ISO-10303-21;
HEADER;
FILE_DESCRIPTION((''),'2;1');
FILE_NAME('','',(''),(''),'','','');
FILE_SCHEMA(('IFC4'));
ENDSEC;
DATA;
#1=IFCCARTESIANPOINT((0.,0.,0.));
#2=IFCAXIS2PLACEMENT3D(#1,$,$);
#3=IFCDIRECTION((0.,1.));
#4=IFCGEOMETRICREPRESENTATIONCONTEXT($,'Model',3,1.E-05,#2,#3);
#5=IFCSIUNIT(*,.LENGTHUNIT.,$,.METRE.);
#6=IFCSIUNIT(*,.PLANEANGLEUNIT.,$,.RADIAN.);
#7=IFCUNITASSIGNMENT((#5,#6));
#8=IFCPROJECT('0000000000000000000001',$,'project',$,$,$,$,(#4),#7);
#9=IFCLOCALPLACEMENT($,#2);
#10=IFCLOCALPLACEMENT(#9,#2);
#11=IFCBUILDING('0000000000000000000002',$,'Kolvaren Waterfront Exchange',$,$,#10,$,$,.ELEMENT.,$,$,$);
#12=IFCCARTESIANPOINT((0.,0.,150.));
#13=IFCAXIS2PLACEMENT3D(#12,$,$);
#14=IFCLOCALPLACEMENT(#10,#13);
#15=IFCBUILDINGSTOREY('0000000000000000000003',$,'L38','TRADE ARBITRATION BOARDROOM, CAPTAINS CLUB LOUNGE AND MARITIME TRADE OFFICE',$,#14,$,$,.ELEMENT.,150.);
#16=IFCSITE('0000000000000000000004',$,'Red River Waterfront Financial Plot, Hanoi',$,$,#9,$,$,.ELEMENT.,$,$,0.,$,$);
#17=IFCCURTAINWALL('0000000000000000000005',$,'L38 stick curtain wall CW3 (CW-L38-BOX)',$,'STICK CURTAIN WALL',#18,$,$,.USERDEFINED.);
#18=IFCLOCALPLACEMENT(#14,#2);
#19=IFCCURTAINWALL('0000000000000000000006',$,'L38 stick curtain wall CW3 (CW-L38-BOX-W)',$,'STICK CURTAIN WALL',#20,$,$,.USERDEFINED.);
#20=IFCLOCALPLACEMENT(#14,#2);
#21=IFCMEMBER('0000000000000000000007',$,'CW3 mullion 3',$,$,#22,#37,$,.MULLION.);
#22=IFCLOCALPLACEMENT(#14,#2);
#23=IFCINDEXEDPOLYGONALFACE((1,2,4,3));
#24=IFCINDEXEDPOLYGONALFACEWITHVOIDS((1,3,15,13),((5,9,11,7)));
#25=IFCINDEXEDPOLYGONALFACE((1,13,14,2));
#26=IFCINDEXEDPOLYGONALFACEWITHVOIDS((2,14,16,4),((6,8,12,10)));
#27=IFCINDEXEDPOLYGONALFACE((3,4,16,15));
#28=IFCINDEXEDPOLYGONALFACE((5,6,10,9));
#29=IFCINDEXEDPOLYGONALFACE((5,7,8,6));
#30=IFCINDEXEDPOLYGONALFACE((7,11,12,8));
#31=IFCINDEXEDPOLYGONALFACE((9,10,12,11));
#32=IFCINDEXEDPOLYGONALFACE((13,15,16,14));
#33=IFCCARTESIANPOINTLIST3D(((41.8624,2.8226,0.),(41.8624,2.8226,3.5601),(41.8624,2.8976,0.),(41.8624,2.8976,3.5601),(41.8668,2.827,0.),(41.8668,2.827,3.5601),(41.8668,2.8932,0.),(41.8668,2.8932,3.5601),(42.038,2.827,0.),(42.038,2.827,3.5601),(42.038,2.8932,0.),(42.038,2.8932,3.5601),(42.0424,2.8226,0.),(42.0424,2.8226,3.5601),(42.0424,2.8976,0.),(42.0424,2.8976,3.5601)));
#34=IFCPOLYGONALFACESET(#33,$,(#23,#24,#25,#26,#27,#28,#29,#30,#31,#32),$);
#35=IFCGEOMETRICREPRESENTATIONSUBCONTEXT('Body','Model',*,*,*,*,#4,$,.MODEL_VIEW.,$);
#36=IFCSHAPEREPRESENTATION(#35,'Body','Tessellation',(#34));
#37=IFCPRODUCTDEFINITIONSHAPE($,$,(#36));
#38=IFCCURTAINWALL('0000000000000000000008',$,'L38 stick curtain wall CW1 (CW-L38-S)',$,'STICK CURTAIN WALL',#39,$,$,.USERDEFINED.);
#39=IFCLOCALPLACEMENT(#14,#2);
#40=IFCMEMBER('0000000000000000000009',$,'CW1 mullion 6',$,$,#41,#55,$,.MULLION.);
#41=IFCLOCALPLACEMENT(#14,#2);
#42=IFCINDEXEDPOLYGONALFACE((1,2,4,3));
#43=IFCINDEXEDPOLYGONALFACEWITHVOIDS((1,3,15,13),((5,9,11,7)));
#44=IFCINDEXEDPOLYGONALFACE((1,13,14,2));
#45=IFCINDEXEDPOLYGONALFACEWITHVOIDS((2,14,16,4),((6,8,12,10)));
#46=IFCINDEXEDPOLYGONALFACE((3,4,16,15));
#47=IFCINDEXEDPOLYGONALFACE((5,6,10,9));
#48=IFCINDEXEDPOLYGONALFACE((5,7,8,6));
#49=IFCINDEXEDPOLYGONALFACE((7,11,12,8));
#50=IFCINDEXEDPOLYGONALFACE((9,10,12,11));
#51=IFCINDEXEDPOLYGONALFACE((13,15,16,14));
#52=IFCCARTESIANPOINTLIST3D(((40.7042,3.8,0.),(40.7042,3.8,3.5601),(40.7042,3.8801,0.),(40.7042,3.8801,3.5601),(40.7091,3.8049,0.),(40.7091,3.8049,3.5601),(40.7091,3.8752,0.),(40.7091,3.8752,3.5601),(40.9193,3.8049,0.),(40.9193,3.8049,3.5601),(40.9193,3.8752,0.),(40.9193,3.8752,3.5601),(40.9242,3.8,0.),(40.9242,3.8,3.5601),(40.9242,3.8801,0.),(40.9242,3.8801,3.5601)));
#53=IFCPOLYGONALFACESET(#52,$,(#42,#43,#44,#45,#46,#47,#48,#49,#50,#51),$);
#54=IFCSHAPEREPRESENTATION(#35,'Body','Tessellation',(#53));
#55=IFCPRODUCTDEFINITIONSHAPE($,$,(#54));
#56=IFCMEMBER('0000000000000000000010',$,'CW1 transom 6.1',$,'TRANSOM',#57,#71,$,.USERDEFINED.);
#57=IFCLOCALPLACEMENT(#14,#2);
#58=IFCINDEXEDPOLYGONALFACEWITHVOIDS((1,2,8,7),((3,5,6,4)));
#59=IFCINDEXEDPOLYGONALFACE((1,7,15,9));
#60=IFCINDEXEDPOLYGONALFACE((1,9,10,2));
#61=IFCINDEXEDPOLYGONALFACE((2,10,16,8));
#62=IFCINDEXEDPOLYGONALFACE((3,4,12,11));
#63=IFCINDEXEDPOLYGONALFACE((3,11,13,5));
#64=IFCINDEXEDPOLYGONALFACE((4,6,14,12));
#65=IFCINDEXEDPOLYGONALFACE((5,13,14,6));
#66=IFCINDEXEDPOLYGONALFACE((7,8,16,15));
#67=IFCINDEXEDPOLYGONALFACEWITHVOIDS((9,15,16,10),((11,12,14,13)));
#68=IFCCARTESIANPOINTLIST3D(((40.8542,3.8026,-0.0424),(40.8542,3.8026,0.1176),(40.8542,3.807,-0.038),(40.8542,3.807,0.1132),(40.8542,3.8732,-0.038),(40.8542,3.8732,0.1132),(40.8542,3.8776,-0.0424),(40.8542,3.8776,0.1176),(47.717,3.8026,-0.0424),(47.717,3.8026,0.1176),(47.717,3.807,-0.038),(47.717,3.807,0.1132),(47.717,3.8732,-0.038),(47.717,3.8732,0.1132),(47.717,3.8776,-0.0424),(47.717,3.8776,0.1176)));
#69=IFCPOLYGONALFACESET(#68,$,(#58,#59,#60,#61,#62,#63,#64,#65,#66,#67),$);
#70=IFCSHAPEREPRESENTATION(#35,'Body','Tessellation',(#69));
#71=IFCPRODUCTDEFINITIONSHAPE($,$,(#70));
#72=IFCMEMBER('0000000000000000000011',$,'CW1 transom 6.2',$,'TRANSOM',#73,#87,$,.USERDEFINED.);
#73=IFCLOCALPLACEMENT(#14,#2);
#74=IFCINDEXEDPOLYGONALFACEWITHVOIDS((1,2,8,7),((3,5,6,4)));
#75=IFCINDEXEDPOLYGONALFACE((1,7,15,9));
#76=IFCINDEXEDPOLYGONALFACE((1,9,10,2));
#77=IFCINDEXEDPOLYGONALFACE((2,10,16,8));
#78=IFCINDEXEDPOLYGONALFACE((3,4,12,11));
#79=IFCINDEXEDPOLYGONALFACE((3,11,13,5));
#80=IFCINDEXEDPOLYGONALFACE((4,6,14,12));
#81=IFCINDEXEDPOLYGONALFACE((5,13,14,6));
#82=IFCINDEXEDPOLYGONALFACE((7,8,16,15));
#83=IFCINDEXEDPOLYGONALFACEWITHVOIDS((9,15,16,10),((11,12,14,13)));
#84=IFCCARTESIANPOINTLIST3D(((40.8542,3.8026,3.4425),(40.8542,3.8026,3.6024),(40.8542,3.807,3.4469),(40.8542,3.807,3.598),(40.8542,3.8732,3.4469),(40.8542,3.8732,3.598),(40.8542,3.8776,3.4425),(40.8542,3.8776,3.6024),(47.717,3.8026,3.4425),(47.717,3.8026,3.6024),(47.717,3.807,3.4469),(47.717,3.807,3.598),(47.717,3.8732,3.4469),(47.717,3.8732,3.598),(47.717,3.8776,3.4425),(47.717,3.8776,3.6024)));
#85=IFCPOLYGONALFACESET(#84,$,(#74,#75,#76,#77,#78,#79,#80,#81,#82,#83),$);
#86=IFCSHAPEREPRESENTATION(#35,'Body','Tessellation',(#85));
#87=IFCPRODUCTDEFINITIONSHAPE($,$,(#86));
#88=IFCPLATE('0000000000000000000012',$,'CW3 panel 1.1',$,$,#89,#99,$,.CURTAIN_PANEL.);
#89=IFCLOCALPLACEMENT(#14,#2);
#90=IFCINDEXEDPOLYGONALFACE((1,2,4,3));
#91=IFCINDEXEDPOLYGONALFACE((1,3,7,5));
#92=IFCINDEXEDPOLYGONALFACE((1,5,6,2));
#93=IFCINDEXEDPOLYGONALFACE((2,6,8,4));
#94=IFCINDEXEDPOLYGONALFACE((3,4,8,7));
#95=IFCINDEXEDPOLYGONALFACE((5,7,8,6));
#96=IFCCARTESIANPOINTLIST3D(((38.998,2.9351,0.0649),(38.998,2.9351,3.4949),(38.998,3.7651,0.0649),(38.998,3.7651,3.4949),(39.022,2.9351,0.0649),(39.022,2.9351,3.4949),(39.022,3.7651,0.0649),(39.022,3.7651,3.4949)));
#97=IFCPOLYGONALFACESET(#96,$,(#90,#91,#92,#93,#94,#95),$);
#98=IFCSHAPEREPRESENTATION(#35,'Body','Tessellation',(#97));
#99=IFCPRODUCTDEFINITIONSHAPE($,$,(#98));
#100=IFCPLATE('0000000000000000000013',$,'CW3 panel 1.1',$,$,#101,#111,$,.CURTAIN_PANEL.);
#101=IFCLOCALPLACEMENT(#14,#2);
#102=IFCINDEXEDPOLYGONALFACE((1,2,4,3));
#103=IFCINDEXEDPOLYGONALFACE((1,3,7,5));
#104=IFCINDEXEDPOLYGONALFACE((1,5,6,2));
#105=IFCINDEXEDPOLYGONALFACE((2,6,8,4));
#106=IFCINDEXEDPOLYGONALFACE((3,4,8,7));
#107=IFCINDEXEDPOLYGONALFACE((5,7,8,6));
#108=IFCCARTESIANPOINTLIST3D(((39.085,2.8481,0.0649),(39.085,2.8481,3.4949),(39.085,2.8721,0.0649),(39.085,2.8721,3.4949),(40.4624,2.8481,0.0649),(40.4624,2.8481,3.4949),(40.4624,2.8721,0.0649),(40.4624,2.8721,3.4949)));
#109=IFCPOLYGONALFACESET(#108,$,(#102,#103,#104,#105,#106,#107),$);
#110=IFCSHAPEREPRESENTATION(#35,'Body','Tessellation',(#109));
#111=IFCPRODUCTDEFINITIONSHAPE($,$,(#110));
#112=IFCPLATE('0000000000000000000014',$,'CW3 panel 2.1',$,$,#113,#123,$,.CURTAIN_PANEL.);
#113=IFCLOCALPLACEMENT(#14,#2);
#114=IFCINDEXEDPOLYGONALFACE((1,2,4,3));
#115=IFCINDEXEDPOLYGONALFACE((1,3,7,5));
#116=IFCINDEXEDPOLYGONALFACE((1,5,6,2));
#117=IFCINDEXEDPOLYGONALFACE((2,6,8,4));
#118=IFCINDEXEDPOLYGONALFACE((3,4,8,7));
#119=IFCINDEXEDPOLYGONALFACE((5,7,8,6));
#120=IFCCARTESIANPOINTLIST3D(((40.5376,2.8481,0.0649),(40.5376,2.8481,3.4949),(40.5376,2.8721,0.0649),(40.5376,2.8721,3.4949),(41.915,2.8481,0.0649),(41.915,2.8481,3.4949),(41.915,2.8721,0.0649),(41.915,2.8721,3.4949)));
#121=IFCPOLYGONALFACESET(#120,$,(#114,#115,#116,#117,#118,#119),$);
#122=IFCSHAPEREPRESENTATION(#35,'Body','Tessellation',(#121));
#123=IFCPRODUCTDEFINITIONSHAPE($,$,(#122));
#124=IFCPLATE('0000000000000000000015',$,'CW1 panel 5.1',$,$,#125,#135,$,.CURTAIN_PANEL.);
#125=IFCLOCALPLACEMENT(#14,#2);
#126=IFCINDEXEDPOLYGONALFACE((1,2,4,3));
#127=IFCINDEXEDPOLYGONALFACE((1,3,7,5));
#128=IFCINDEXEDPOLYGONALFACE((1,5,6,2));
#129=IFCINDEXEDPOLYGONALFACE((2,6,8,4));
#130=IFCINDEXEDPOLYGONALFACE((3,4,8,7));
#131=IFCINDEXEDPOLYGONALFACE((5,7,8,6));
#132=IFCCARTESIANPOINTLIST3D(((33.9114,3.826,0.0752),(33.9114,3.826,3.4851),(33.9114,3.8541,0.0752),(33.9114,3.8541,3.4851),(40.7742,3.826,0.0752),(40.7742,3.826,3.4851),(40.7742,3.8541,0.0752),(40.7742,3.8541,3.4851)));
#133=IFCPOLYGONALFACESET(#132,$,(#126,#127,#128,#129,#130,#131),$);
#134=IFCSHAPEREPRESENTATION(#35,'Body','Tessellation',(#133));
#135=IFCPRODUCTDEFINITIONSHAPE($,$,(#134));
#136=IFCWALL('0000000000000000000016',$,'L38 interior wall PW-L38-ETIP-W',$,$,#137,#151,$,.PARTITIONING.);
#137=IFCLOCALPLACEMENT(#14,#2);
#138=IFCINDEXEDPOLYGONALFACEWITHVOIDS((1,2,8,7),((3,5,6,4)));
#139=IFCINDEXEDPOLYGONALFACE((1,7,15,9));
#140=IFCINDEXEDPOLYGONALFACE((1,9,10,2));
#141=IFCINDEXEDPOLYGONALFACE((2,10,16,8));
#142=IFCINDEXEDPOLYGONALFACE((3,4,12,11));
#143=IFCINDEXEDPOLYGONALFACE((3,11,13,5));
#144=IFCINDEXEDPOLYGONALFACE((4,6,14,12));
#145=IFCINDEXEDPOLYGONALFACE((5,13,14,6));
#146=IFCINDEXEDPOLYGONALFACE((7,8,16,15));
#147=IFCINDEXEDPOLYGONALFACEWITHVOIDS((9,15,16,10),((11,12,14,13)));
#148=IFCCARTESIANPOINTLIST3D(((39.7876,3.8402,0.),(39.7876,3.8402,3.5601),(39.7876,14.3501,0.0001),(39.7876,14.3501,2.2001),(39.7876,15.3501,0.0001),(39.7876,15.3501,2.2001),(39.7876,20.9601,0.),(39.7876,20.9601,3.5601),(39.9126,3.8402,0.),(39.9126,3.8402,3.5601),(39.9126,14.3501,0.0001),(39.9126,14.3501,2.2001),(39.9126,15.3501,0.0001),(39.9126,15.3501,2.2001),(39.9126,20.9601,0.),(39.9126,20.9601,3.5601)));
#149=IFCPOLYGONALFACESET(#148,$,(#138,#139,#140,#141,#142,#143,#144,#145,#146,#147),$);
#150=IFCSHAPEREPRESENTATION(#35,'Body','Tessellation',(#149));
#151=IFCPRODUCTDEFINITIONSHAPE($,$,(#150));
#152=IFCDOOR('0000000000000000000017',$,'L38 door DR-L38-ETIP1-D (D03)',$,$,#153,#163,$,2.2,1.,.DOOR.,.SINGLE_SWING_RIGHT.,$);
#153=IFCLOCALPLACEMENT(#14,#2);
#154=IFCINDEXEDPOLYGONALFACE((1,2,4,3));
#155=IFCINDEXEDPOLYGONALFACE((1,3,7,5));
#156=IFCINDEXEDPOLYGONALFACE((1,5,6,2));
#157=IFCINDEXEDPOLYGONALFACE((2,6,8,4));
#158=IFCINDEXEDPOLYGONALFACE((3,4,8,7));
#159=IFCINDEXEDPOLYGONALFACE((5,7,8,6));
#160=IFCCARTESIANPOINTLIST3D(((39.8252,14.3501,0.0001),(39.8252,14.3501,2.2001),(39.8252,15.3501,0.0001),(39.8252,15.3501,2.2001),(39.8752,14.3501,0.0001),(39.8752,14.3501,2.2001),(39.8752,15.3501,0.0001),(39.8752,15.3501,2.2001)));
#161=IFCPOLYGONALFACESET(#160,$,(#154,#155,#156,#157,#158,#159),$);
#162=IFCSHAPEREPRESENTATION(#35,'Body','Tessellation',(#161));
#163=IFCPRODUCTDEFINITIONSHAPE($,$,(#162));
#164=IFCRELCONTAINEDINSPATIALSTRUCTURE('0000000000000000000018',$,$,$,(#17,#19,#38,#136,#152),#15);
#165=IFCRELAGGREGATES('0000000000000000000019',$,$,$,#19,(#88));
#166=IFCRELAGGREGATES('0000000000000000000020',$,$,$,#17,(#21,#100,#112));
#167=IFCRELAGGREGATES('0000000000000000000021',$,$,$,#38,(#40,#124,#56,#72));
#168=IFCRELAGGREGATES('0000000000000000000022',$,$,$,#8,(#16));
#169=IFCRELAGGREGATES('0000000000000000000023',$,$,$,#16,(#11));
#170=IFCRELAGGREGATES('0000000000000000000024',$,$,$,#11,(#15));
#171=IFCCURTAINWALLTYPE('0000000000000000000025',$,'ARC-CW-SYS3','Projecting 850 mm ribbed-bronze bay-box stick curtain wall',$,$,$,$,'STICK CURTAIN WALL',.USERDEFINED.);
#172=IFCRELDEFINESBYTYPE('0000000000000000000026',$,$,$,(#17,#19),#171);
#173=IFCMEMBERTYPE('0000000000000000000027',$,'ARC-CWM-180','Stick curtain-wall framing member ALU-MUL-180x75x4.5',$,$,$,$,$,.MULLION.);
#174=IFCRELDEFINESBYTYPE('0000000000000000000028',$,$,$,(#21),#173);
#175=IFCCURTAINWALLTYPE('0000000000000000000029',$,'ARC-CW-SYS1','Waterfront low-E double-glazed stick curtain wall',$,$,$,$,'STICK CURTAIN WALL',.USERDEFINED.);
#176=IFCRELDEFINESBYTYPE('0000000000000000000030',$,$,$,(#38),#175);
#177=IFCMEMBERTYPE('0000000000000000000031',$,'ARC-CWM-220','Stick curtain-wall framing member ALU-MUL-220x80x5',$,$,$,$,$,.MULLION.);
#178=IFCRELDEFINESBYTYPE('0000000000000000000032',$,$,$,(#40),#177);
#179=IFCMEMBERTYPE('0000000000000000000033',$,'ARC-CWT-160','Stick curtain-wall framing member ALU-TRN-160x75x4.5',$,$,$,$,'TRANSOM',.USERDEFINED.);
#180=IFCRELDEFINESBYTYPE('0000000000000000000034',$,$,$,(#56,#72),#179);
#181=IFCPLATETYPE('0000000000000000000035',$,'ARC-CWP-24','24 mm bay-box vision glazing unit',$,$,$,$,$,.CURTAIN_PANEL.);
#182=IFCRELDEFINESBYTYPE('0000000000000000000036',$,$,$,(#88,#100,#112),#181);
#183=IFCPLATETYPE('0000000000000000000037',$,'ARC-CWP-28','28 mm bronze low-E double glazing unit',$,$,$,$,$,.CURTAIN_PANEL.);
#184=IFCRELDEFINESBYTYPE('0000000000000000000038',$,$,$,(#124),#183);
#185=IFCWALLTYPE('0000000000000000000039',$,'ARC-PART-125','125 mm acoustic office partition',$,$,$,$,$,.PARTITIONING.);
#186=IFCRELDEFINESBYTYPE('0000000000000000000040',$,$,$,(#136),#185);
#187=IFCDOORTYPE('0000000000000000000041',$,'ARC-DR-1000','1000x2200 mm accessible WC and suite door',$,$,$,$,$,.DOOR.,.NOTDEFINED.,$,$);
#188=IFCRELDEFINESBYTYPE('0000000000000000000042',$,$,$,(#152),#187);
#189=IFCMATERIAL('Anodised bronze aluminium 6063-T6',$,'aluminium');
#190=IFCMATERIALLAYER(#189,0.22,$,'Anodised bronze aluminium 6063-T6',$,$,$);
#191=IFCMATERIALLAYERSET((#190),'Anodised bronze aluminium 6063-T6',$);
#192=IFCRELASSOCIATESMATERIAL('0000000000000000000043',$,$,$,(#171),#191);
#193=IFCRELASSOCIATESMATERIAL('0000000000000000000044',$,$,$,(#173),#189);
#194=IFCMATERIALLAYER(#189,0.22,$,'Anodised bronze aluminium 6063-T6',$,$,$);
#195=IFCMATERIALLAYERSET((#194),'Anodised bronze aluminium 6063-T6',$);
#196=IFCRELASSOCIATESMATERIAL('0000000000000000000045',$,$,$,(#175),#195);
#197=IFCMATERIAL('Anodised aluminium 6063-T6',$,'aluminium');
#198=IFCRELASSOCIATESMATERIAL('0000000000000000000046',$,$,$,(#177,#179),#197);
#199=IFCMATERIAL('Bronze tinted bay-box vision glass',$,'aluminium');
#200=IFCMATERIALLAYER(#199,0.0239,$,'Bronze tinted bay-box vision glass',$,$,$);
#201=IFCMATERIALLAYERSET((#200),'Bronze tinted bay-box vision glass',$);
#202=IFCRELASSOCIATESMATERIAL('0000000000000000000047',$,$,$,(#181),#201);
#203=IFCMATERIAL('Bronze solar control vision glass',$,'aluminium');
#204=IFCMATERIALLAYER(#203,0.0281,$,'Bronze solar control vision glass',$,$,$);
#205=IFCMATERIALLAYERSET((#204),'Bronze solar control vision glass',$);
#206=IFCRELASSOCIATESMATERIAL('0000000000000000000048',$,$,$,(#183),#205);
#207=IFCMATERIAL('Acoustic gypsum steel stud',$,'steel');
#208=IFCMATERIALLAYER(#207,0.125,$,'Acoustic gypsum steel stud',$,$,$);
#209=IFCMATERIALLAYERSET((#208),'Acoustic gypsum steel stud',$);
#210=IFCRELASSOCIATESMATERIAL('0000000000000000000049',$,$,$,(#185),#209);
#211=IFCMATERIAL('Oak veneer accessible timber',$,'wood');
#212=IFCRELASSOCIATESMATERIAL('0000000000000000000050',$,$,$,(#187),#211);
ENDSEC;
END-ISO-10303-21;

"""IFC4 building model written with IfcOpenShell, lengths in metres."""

from ifc_helpers import new_model, si_unit, direction, frame, frame_2d, origin, origin_with_axes, origin_2d, place, context, subcontext, project, spatial, rectangle, hollow_rectangle, extrude, source, transform, mapped, material, layer, layer_set, material_profile, profile_set, type_object, element, fill, aggregate, save


model = new_model("IFC4")

# Units and contexts
model_context = context("Model", 3, precision=1e-05, world=origin(), true_north=direction((0.0, 1.0)))
body_context = subcontext(model_context, "Body", "Model", "MODEL_VIEW")
ifc_project = project(units=[si_unit("LENGTHUNIT", "METRE"), si_unit("PLANEANGLEUNIT", "RADIAN")], contexts=[model_context])

# Site, building, storey
site_placement = place(None, origin())
site = spatial("IfcSite", under=ifc_project, at=site_placement, Name="Red River Waterfront Financial Plot, Hanoi", CompositionType="ELEMENT", RefElevation=0.0)
building_placement = place(site_placement, origin())
building = spatial("IfcBuilding", under=site, at=building_placement, Name="Kolvaren Waterfront Exchange", CompositionType="ELEMENT")
storey_placement = place(building_placement, frame((0.0, 0.0, 150.0)))
storey = spatial("IfcBuildingStorey", under=building, at=storey_placement, Name="L38", Description="TRADE ARBITRATION BOARDROOM, CAPTAINS CLUB LOUNGE AND MARITIME TRADE OFFICE", CompositionType="ELEMENT", Elevation=150.0)

# Curtain walls
ifc_material_1 = material(Name="Anodised bronze aluminium 6063-T6", Category="aluminium")
ifc_layer_1 = layer(ifc_material_1, 0.22, Name="Anodised bronze aluminium 6063-T6")
ifc_layer_set_1 = layer_set([ifc_layer_1], Name="Anodised bronze aluminium 6063-T6")
curtain_wall_type_1 = type_object("IfcCurtainWallType", Name="ARC-CW-SYS3", Description="Projecting 850 mm ribbed-bronze bay-box stick curtain wall", ElementType="STICK CURTAIN WALL", PredefinedType="USERDEFINED", material=ifc_layer_set_1)
curtain_wall_1_placement = place(storey_placement, origin())
curtain_wall_1 = element("IfcCurtainWall", 1, at=curtain_wall_1_placement, inside=storey, type_object=curtain_wall_type_1, Name="L38 stick curtain wall CW3 (CW-L38-BOX)", ObjectType="STICK CURTAIN WALL", PredefinedType="USERDEFINED")
curtain_wall_2_placement = place(storey_placement, origin())
curtain_wall_2 = element("IfcCurtainWall", 2, at=curtain_wall_2_placement, inside=storey, type_object=curtain_wall_type_1, Name="L38 stick curtain wall CW3 (CW-L38-BOX-W)", ObjectType="STICK CURTAIN WALL", PredefinedType="USERDEFINED")
ifc_material_profile_1 = material_profile(ifc_material_1, hollow_rectangle(XDim=0.075, YDim=0.1799, WallThickness=0.0044, at=origin_2d()), Name="ALU-MUL-180x75x4.5")
ifc_profile_set_1 = profile_set([ifc_material_profile_1], Name="Anodised bronze aluminium 6063-T6")
member_type_1 = type_object("IfcMemberType", Name="ARC-CWM-180", Description="Stick curtain-wall framing member ALU-MUL-180x75x4.5", PredefinedType="MULLION", material=ifc_profile_set_1)
shared_shape_1 = source(origin_with_axes(), body_context, "Body", "SweptSolid", [
    extrude(hollow_rectangle(XDim=0.075, YDim=0.1799, WallThickness=0.0044, at=origin_2d()), origin(), (0.0, 0.0, 1.0), 3.5601),
])

# Member
member_1_placement = place(storey_placement, frame((41.9524, 2.8601, 0.0), z_axis=(0.0, 0.0, 1.0), x_axis=(0.0, 1.0, 0.0)))
member_1 = element("IfcMember", 3, at=member_1_placement, type_object=member_type_1, Name="CW3 mullion 3", PredefinedType="MULLION", context=body_context, shape_type="MappedRepresentation", body=[
    mapped(shared_shape_1, transform((0.0, 0.0, 0.0), x_axis=(1.0, 0.0, 0.0), y_axis=(0.0, 1.0, 0.0), z_axis=(0.0, 0.0, 1.0), scale=1.0)),
])

# Curtain wall, members
ifc_layer_2 = layer(ifc_material_1, 0.22, Name="Anodised bronze aluminium 6063-T6")
ifc_layer_set_2 = layer_set([ifc_layer_2], Name="Anodised bronze aluminium 6063-T6")
curtain_wall_type_2 = type_object("IfcCurtainWallType", Name="ARC-CW-SYS1", Description="Waterfront low-E double-glazed stick curtain wall", ElementType="STICK CURTAIN WALL", PredefinedType="USERDEFINED", material=ifc_layer_set_2)
curtain_wall_3_placement = place(storey_placement, origin())
curtain_wall_3 = element("IfcCurtainWall", 4, at=curtain_wall_3_placement, inside=storey, type_object=curtain_wall_type_2, Name="L38 stick curtain wall CW1 (CW-L38-S)", ObjectType="STICK CURTAIN WALL", PredefinedType="USERDEFINED")
ifc_material_2 = material(Name="Anodised aluminium 6063-T6", Category="aluminium")
ifc_material_profile_2 = material_profile(ifc_material_2, hollow_rectangle(XDim=0.0801, YDim=0.22, WallThickness=0.0049, at=origin_2d()), Name="ALU-MUL-220x80x5")
ifc_profile_set_2 = profile_set([ifc_material_profile_2], Name="Anodised aluminium 6063-T6")
member_type_2 = type_object("IfcMemberType", Name="ARC-CWM-220", Description="Stick curtain-wall framing member ALU-MUL-220x80x5", PredefinedType="MULLION", material=ifc_profile_set_2)
shared_shape_2 = source(origin_with_axes(), body_context, "Body", "SweptSolid", [
    extrude(hollow_rectangle(XDim=0.0801, YDim=0.22, WallThickness=0.0049, at=origin_2d()), origin(), (0.0, 0.0, 1.0), 3.5601),
])
member_2_placement = place(storey_placement, frame((40.8142, 3.8401, 0.0), z_axis=(0.0, 0.0, 1.0), x_axis=(0.0, 1.0, 0.0)))
member_2 = element("IfcMember", 5, at=member_2_placement, type_object=member_type_2, Name="CW1 mullion 6", PredefinedType="MULLION", context=body_context, shape_type="MappedRepresentation", body=[
    mapped(shared_shape_2, transform((0.0, 0.0, 0.0), x_axis=(1.0, 0.0, 0.0), y_axis=(0.0, 1.0, 0.0), z_axis=(0.0, 0.0, 1.0), scale=1.0)),
])
ifc_material_profile_3 = material_profile(ifc_material_2, hollow_rectangle(XDim=0.075, YDim=0.1599, WallThickness=0.0044, at=origin_2d()), Name="ALU-TRN-160x75x4.5")
ifc_profile_set_3 = profile_set([ifc_material_profile_3], Name="Anodised aluminium 6063-T6")
member_type_3 = type_object("IfcMemberType", Name="ARC-CWT-160", Description="Stick curtain-wall framing member ALU-TRN-160x75x4.5", ElementType="TRANSOM", PredefinedType="USERDEFINED", material=ifc_profile_set_3)
shared_shape_3 = source(origin_with_axes(), body_context, "Body", "SweptSolid", [
    extrude(hollow_rectangle(XDim=0.075, YDim=0.1599, WallThickness=0.0044, at=origin_2d()), origin(), (0.0, 0.0, 1.0), 6.8628),
])
member_3_placement = place(storey_placement, frame((40.8542, 3.8401, 0.0376), z_axis=(1.0, 0.0, 0.0), x_axis=(0.0, 1.0, 0.0)))
member_3 = element("IfcMember", 6, at=member_3_placement, type_object=member_type_3, Name="CW1 transom 6.1", ObjectType="TRANSOM", PredefinedType="USERDEFINED", context=body_context, shape_type="MappedRepresentation", body=[
    mapped(shared_shape_3, transform((0.0, 0.0, 0.0), x_axis=(1.0, 0.0, 0.0), y_axis=(0.0, 1.0, 0.0), z_axis=(0.0, 0.0, 1.0), scale=1.0)),
])
member_4_placement = place(storey_placement, frame((40.8542, 3.8401, 3.5225), z_axis=(1.0, 0.0, 0.0), x_axis=(0.0, 1.0, 0.0)))
member_4 = element("IfcMember", 7, at=member_4_placement, type_object=member_type_3, Name="CW1 transom 6.2", ObjectType="TRANSOM", PredefinedType="USERDEFINED", context=body_context, shape_type="MappedRepresentation", body=[
    mapped(shared_shape_3, transform((0.0, 0.0, 0.0), x_axis=(1.0, 0.0, 0.0), y_axis=(0.0, 1.0, 0.0), z_axis=(0.0, 0.0, 1.0), scale=1.0)),
])

# Plates
ifc_material_3 = material(Name="Bronze tinted bay-box vision glass", Category="aluminium")
ifc_layer_3 = layer(ifc_material_3, 0.0239, Name="Bronze tinted bay-box vision glass")
ifc_layer_set_3 = layer_set([ifc_layer_3], Name="Bronze tinted bay-box vision glass")
plate_type_1 = type_object("IfcPlateType", Name="ARC-CWP-24", Description="24 mm bay-box vision glazing unit", PredefinedType="CURTAIN_PANEL", material=ifc_layer_set_3)
shared_shape_4 = source(origin_with_axes(), body_context, "Body", "SweptSolid", [
    extrude(rectangle(XDim=0.8301, YDim=0.0239, at=origin_2d()), origin(), (0.0, 0.0, 1.0), 3.4299),
])
plate_1_placement = place(storey_placement, frame((39.01, 3.3501, 0.0649), z_axis=(0.0, 0.0, 1.0), x_axis=(0.0, -1.0, 0.0)))
plate_1 = element("IfcPlate", 8, at=plate_1_placement, type_object=plate_type_1, Name="CW3 panel 1.1", PredefinedType="CURTAIN_PANEL", context=body_context, shape_type="MappedRepresentation", body=[
    mapped(shared_shape_4, transform((0.0, 0.0, 0.0), x_axis=(1.0, 0.0, 0.0), y_axis=(0.0, 1.0, 0.0), z_axis=(0.0, 0.0, 1.0), scale=1.0)),
])
aggregate(curtain_wall_2, [plate_1])
shared_shape_5 = source(origin_with_axes(), body_context, "Body", "SweptSolid", [
    extrude(rectangle(XDim=1.3774, YDim=0.0239, at=origin_2d()), origin(), (0.0, 0.0, 1.0), 3.4299),
])
plate_2_placement = place(storey_placement, frame((39.7737, 2.8601, 0.0649), z_axis=(0.0, 0.0, 1.0), x_axis=(1.0, 0.0, 0.0)))
plate_2 = element("IfcPlate", 9, at=plate_2_placement, type_object=plate_type_1, Name="CW3 panel 1.1", PredefinedType="CURTAIN_PANEL", context=body_context, shape_type="MappedRepresentation", body=[
    mapped(shared_shape_5, transform((0.0, 0.0, 0.0), x_axis=(1.0, 0.0, 0.0), y_axis=(0.0, 1.0, 0.0), z_axis=(0.0, 0.0, 1.0), scale=1.0)),
])
plate_3_placement = place(storey_placement, frame((41.2263, 2.8601, 0.0649), z_axis=(0.0, 0.0, 1.0), x_axis=(1.0, 0.0, 0.0)))
plate_3 = element("IfcPlate", 10, at=plate_3_placement, type_object=plate_type_1, Name="CW3 panel 2.1", PredefinedType="CURTAIN_PANEL", context=body_context, shape_type="MappedRepresentation", body=[
    mapped(shared_shape_5, transform((0.0, 0.0, 0.0), x_axis=(1.0, 0.0, 0.0), y_axis=(0.0, 1.0, 0.0), z_axis=(0.0, 0.0, 1.0), scale=1.0)),
])
aggregate(curtain_wall_1, [member_1, plate_2, plate_3])
ifc_material_4 = material(Name="Bronze solar control vision glass", Category="aluminium")
ifc_layer_4 = layer(ifc_material_4, 0.0281, Name="Bronze solar control vision glass")
ifc_layer_set_4 = layer_set([ifc_layer_4], Name="Bronze solar control vision glass")
plate_type_2 = type_object("IfcPlateType", Name="ARC-CWP-28", Description="28 mm bronze low-E double glazing unit", PredefinedType="CURTAIN_PANEL", material=ifc_layer_set_4)
shared_shape_6 = source(origin_with_axes(), body_context, "Body", "SweptSolid", [
    extrude(rectangle(XDim=6.8628, YDim=0.0281, at=origin_2d()), origin(), (0.0, 0.0, 1.0), 3.4099),
])
plate_4_placement = place(storey_placement, frame((37.3428, 3.8401, 0.0752), z_axis=(0.0, 0.0, 1.0), x_axis=(1.0, 0.0, 0.0)))
plate_4 = element("IfcPlate", 11, at=plate_4_placement, type_object=plate_type_2, Name="CW1 panel 5.1", PredefinedType="CURTAIN_PANEL", context=body_context, shape_type="MappedRepresentation", body=[
    mapped(shared_shape_6, transform((0.0, 0.0, 0.0), x_axis=(1.0, 0.0, 0.0), y_axis=(0.0, 1.0, 0.0), z_axis=(0.0, 0.0, 1.0), scale=1.0)),
])
aggregate(curtain_wall_3, [member_2, plate_4, member_3, member_4])

# Wall, opening, door
ifc_material_5 = material(Name="Acoustic gypsum steel stud", Category="steel")
ifc_layer_5 = layer(ifc_material_5, 0.125, Name="Acoustic gypsum steel stud")
ifc_layer_set_5 = layer_set([ifc_layer_5], Name="Acoustic gypsum steel stud")
wall_type = type_object("IfcWallType", Name="ARC-PART-125", Description="125 mm acoustic office partition", PredefinedType="PARTITIONING", material=ifc_layer_set_5)
wall_placement = place(storey_placement, frame((39.8501, 3.8401, 0.0), z_axis=(0.0, 0.0, 1.0), x_axis=(0.0, 1.0, 0.0)))
wall = element("IfcWall", 12, at=wall_placement, inside=storey, type_object=wall_type, Name="L38 interior wall PW-L38-ETIP-W", PredefinedType="PARTITIONING", context=body_context, shape_type="SweptSolid", body=[
    extrude(rectangle(XDim=17.1199, YDim=0.125, at=frame_2d((8.5601, 0.0))), origin(), (0.0, 0.0, 1.0), 3.5601),
])
opening_placement = place(wall_placement, frame((10.51, 0.0, 0.0)))
opening = element("IfcOpeningElement", 13, at=opening_placement, cuts=wall, PredefinedType="OPENING", context=body_context, shape_type="SweptSolid", body=[
    extrude(rectangle(XDim=1.0, YDim=2.2, at=frame_2d((0.5, 1.1001))), frame((0.0, 0.0725, 0.0), z_axis=(0.0, -1.0, 0.0), x_axis=(1.0, 0.0, 0.0)), (0.0, 0.0, 1.0), 0.145),
])
ifc_material_6 = material(Name="Oak veneer accessible timber", Category="wood")
door_type = type_object("IfcDoorType", Name="ARC-DR-1000", Description="1000x2200 mm accessible WC and suite door", OperationType="NOTDEFINED", PredefinedType="DOOR", material=ifc_material_6)
door_placement = place(opening_placement, origin())
door = element("IfcDoor", 14, at=door_placement, inside=storey, type_object=door_type, Name="L38 door DR-L38-ETIP1-D (D03)", OperationType="SINGLE_SWING_RIGHT", OverallHeight=2.2, OverallWidth=1.0, PredefinedType="DOOR", context=body_context, shape_type="SweptSolid", body=[
    extrude(rectangle(XDim=1.0, YDim=2.2, at=frame_2d((0.5, 1.1001))), frame((0.0, 0.0249, 0.0), z_axis=(0.0, -1.0, 0.0), x_axis=(1.0, 0.0, 0.0)), (0.0, 0.0, 1.0), 0.05),
])
fill(opening, door)

save(model, "model.ifc")
